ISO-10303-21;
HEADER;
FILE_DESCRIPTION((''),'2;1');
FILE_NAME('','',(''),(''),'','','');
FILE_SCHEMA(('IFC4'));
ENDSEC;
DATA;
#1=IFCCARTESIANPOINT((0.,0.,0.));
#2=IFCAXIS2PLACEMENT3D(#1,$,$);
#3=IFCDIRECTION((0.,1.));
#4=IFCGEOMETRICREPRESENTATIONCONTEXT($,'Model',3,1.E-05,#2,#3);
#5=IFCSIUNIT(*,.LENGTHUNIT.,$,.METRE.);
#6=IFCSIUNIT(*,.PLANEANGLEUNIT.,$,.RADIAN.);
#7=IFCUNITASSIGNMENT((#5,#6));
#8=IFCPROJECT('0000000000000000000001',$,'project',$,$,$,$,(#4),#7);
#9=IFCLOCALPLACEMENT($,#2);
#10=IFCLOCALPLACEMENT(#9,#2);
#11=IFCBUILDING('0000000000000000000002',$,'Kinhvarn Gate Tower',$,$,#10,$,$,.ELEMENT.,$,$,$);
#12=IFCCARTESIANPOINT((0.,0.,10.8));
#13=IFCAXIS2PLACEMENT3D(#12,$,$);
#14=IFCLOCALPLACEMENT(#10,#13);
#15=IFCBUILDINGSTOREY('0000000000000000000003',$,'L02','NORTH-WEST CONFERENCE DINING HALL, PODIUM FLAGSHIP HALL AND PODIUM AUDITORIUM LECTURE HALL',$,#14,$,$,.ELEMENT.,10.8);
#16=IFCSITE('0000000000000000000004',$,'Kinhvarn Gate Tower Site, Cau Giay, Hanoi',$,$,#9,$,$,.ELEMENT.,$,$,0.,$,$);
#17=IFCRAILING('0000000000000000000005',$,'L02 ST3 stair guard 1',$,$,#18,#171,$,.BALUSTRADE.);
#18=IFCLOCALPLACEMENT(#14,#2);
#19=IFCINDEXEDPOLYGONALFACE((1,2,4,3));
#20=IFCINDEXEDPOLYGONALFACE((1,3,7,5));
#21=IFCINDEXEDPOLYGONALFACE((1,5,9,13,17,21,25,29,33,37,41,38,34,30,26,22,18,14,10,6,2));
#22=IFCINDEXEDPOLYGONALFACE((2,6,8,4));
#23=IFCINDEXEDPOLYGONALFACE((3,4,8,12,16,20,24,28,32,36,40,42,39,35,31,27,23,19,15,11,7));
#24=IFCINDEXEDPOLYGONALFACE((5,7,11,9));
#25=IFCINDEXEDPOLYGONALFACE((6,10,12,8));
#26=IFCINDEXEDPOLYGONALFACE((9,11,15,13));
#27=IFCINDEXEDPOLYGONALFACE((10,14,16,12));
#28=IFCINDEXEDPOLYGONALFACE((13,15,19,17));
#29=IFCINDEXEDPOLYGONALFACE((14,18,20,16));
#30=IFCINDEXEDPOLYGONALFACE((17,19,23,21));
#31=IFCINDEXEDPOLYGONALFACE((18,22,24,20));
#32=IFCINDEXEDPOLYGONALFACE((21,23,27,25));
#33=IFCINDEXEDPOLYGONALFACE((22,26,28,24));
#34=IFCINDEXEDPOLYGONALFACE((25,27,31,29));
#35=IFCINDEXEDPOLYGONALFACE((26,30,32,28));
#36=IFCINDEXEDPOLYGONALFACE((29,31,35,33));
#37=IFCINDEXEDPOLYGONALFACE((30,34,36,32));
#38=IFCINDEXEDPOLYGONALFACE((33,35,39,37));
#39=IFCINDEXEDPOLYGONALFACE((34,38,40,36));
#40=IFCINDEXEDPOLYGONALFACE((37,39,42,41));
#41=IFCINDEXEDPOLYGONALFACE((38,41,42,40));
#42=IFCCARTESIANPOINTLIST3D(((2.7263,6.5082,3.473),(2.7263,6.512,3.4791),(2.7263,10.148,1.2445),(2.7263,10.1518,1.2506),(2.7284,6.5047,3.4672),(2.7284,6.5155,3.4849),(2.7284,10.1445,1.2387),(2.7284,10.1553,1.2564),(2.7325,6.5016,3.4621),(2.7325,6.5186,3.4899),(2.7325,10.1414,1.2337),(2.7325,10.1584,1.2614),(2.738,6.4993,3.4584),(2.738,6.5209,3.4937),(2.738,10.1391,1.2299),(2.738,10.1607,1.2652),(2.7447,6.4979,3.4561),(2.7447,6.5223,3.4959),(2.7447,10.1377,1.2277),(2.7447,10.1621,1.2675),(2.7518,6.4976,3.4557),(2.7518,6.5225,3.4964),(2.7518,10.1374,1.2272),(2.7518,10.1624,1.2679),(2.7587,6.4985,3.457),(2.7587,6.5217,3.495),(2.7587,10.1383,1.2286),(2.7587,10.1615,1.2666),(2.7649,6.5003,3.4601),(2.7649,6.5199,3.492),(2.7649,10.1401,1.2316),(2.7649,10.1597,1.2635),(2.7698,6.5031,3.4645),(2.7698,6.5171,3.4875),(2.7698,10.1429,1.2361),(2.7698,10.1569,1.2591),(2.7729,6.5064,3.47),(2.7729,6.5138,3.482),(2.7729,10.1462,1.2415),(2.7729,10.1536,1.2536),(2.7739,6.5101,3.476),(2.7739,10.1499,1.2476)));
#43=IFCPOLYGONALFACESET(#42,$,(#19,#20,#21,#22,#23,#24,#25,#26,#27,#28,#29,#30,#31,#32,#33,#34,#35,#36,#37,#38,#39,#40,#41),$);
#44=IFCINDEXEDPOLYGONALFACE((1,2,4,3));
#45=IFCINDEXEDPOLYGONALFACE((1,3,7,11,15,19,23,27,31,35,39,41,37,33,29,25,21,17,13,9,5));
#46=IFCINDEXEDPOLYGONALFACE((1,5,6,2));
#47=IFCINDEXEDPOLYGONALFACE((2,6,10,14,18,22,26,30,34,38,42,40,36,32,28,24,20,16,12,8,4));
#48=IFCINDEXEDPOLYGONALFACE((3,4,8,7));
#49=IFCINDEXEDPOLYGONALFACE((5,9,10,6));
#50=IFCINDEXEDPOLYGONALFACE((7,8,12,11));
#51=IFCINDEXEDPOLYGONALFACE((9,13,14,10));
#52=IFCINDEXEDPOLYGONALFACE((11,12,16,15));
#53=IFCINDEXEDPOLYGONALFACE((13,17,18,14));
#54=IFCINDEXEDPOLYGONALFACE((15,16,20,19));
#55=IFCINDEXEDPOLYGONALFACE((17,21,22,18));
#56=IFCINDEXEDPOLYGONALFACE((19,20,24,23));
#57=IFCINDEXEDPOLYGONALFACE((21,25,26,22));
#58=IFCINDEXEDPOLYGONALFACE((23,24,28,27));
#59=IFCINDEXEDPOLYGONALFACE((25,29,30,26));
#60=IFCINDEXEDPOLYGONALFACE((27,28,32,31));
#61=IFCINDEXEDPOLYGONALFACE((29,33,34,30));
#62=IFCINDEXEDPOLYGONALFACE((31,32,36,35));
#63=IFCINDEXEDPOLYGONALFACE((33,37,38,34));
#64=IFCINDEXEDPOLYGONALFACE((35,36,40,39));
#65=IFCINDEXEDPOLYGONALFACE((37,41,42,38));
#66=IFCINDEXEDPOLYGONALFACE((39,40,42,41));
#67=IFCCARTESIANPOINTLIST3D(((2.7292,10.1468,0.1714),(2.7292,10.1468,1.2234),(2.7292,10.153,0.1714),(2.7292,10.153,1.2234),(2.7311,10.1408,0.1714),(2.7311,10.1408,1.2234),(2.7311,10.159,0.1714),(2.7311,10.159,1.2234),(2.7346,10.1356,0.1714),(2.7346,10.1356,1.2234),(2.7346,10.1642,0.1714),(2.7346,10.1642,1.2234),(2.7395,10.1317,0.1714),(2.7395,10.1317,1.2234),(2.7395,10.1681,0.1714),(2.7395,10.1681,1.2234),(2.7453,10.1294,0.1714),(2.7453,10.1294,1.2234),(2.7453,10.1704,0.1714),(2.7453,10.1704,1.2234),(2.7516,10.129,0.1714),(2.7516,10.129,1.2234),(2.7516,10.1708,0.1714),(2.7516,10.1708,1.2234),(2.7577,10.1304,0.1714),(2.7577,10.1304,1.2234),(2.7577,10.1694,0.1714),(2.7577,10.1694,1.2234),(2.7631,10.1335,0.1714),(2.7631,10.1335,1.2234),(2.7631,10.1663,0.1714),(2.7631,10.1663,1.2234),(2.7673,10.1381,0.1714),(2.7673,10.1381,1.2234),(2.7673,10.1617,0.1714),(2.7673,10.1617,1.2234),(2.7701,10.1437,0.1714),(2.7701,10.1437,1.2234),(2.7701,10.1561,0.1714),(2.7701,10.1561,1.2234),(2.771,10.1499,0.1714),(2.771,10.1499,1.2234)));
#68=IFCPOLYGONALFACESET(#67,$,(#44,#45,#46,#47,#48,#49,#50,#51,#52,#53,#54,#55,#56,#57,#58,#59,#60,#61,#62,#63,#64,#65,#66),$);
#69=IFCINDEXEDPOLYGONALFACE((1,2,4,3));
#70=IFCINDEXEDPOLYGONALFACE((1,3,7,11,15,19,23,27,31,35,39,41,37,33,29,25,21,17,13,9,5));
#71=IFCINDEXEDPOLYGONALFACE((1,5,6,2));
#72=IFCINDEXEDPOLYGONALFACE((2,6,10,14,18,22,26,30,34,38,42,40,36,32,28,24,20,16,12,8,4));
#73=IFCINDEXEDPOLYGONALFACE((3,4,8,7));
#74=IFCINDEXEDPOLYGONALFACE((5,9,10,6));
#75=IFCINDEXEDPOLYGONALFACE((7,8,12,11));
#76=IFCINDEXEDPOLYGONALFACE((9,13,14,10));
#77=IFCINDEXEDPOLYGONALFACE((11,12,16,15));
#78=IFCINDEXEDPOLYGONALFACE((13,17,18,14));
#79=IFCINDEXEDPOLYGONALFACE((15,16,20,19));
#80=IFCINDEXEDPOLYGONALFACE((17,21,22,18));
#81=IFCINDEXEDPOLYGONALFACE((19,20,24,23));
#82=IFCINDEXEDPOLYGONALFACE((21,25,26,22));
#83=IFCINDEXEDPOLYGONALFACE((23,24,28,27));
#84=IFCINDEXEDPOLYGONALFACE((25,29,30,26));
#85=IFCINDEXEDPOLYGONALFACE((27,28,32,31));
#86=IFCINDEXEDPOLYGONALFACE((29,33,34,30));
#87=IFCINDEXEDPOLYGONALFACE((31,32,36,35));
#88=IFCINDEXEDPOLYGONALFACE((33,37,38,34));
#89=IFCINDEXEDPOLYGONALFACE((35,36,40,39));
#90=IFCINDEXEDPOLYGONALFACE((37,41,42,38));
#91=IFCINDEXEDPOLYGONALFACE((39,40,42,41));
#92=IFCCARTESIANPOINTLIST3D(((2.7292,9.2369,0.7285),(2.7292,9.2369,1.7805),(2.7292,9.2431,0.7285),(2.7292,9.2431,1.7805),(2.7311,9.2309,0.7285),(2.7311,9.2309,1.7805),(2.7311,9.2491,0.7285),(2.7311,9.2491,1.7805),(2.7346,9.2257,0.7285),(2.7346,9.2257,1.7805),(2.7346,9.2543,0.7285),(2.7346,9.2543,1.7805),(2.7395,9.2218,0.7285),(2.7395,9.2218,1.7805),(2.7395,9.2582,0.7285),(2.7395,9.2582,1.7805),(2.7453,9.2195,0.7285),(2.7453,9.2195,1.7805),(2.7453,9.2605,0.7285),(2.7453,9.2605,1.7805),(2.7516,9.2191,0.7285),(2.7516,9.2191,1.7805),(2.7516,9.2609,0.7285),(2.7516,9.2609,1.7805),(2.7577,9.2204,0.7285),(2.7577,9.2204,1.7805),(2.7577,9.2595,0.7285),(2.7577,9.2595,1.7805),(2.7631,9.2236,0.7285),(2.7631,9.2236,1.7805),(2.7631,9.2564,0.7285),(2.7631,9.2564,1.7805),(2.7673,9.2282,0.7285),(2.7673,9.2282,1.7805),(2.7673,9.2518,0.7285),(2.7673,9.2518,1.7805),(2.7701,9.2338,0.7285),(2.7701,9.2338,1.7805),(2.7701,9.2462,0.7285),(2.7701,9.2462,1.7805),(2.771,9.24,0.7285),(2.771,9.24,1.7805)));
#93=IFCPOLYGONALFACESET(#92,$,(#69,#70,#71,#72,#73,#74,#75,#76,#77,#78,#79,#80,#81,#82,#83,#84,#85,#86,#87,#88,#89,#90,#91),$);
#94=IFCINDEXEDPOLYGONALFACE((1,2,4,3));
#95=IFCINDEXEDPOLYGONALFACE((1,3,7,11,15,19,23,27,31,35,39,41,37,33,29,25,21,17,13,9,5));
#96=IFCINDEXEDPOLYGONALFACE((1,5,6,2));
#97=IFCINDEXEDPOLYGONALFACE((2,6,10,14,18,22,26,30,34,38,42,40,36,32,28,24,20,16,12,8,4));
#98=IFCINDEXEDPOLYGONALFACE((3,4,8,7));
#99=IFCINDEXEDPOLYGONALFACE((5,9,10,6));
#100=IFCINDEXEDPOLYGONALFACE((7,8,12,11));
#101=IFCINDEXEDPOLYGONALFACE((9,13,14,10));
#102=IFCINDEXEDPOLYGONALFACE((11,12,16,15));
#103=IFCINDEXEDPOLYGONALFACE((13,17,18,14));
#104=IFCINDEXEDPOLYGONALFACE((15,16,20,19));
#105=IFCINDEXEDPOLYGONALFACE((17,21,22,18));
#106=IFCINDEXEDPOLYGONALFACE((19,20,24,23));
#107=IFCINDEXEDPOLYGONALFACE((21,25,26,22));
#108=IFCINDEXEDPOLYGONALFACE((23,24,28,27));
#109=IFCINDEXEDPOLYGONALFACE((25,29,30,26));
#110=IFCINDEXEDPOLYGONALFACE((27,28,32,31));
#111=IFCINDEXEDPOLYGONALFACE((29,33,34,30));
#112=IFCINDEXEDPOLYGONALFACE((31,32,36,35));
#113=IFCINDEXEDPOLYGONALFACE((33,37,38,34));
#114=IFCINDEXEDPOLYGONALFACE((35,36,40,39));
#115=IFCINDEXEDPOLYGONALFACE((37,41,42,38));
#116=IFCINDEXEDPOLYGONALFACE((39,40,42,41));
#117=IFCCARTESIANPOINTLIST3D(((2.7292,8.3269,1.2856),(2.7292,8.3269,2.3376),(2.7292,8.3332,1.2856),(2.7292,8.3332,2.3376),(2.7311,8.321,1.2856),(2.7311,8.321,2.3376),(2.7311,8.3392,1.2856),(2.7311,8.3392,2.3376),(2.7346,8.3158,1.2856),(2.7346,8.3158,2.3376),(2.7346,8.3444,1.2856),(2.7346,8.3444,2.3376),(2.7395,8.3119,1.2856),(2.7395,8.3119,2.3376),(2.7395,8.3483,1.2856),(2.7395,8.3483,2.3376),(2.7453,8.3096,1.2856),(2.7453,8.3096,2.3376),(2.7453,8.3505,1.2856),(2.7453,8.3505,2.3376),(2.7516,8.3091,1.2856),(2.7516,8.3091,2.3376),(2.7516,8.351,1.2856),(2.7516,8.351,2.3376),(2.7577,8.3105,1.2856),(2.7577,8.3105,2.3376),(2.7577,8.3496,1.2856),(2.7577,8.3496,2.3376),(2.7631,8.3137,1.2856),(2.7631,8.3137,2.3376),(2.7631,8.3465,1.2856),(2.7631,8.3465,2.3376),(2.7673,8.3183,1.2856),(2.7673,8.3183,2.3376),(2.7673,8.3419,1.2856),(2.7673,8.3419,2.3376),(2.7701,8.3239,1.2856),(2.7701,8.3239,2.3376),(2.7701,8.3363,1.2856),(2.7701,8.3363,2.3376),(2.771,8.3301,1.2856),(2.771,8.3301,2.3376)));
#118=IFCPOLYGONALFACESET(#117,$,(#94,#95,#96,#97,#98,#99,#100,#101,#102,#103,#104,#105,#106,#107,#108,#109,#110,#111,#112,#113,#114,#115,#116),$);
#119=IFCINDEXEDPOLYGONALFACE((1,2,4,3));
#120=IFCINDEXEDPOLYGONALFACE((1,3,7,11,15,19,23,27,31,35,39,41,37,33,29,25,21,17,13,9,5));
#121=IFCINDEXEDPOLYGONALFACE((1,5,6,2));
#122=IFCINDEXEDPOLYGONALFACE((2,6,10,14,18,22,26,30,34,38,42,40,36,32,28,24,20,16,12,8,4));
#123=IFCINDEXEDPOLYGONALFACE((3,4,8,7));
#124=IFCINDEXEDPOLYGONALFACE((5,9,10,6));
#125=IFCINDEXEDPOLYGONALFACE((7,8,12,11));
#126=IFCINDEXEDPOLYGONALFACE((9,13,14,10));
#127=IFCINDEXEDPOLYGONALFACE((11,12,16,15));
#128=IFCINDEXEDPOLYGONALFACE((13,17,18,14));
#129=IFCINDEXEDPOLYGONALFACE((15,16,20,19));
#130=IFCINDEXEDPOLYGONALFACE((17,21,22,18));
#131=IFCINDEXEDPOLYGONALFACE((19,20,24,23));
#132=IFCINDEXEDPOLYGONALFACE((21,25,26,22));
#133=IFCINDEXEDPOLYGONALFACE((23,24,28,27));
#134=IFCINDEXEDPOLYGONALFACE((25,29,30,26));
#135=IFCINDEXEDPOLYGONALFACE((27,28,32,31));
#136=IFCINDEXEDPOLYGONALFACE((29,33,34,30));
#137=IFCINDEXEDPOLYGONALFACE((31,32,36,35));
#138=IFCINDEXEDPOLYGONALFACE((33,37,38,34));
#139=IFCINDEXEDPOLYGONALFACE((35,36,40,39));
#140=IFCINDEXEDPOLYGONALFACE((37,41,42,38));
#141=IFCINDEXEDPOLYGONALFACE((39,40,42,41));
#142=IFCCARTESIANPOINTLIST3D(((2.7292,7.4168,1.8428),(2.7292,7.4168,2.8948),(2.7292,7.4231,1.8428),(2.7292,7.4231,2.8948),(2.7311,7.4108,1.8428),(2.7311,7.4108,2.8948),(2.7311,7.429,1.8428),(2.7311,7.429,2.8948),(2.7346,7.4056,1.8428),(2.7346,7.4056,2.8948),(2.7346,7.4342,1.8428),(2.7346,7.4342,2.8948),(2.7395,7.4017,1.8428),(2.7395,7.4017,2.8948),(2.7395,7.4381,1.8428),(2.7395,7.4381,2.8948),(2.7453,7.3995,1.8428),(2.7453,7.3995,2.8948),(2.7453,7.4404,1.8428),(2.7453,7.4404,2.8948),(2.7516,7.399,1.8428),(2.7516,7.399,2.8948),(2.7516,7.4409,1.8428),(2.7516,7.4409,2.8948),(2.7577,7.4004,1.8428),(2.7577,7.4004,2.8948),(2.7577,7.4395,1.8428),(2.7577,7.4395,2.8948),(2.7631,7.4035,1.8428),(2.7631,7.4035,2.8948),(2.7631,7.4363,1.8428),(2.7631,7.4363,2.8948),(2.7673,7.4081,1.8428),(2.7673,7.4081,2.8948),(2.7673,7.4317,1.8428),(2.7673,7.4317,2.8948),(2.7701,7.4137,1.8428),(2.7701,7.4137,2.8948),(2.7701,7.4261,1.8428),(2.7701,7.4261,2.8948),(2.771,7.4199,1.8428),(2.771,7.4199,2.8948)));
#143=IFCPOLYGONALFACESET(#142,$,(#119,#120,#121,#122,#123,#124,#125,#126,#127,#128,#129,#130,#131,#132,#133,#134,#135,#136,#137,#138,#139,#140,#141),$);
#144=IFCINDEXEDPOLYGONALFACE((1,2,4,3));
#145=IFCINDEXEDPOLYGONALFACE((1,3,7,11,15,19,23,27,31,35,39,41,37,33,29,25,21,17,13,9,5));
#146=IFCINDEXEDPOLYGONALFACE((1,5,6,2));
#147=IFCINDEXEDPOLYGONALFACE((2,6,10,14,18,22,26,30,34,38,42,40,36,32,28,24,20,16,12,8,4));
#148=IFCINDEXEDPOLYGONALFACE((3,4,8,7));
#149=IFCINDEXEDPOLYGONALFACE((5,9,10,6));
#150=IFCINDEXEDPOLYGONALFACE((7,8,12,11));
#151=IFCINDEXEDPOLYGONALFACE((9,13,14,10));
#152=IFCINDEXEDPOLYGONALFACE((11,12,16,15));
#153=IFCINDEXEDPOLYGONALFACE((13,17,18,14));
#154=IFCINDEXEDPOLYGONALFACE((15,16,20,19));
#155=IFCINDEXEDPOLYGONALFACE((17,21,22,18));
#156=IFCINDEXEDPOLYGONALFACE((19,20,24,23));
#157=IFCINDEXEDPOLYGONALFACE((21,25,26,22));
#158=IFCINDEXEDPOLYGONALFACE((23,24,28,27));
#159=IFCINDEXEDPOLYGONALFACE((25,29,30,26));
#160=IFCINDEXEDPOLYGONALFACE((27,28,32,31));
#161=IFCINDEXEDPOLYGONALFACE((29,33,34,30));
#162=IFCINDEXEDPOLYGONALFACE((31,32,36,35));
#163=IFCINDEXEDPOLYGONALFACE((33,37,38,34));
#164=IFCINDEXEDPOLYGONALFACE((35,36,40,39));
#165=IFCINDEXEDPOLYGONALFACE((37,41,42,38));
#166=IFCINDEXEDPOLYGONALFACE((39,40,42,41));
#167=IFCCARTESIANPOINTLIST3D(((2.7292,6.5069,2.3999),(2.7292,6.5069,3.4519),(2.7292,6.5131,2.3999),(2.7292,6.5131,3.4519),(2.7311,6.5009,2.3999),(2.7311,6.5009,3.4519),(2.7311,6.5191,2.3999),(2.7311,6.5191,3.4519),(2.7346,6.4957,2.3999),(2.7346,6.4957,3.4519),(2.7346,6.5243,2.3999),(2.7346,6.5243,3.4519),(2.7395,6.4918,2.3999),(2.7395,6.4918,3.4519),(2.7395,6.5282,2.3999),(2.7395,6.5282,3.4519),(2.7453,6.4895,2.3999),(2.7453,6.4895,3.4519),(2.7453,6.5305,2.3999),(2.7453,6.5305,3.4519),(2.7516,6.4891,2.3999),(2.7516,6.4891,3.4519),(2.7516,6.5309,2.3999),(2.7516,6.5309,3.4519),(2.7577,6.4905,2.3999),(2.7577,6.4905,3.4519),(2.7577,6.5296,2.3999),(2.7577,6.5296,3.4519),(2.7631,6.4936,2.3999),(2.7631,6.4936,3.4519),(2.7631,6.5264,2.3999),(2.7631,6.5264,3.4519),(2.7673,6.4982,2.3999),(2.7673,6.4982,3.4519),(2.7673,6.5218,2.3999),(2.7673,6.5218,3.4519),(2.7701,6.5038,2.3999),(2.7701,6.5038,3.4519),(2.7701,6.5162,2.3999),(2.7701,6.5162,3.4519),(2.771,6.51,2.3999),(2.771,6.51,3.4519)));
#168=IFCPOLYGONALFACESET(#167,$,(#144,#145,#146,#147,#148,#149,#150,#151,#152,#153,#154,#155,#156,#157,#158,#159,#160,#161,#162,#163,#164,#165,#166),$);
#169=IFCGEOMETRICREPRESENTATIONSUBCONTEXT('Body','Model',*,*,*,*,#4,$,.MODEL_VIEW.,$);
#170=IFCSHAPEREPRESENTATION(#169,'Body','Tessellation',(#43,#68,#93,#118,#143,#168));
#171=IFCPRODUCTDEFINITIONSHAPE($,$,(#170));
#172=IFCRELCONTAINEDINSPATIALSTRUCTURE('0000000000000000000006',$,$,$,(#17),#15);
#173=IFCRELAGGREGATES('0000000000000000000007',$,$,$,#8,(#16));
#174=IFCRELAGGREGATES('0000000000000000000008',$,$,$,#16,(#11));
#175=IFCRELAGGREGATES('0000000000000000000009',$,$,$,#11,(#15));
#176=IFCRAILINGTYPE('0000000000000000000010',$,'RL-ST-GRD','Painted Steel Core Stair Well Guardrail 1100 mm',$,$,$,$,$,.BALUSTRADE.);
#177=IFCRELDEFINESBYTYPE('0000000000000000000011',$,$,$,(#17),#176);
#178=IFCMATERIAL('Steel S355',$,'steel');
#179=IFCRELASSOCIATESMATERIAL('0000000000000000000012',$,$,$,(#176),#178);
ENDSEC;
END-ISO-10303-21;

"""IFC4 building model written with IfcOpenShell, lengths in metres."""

from ifc_helpers import new_model, si_unit, direction, frame, origin, origin_2d, place, context, subcontext, project, spatial, circle, extrude, material, type_object, element, save


model = new_model("IFC4")

# Units and contexts
model_context = context("Model", 3, precision=1e-05, world=origin(), true_north=direction((0.0, 1.0)))
body_context = subcontext(model_context, "Body", "Model", "MODEL_VIEW")
ifc_project = project(units=[si_unit("LENGTHUNIT", "METRE"), si_unit("PLANEANGLEUNIT", "RADIAN")], contexts=[model_context])

# Site, building, storey
site_placement = place(None, origin())
site = spatial("IfcSite", under=ifc_project, at=site_placement, Name="Kinhvarn Gate Tower Site, Cau Giay, Hanoi", CompositionType="ELEMENT", RefElevation=0.0)
building_placement = place(site_placement, origin())
building = spatial("IfcBuilding", under=site, at=building_placement, Name="Kinhvarn Gate Tower", CompositionType="ELEMENT")
storey_placement = place(building_placement, frame((0.0, 0.0, 10.8)))
storey = spatial("IfcBuildingStorey", under=building, at=storey_placement, Name="L02", Description="NORTH-WEST CONFERENCE DINING HALL, PODIUM FLAGSHIP HALL AND PODIUM AUDITORIUM LECTURE HALL", CompositionType="ELEMENT", Elevation=10.8)

# Shared definitions
ifc_material_1 = material(Name="Steel S355", Category="steel")

# Railing
railing_type_1 = type_object("IfcRailingType", Name="RL-ST-GRD", Description="Painted Steel Core Stair Well Guardrail 1100 mm", PredefinedType="BALUSTRADE", material=ifc_material_1)
railing_1_placement = place(storey_placement, frame((2.75, 10.1499, 0.1714)))
element("IfcRailing", 1, at=railing_1_placement, inside=storey, type_object=railing_type_1, Name="L02 ST3 stair guard 1", PredefinedType="BALUSTRADE", context=body_context, shape_type="SweptSolid", body=[
    extrude(circle(Radius=0.0239, at=origin_2d()), frame((0.0, 0.0, 1.0762), z_axis=(0.0, -0.85285, 0.522156), x_axis=(1.0, 0.0, 0.0)), (0.0, 0.0, 1.0), 4.2678),
    extrude(circle(Radius=0.021, at=origin_2d()), origin(), (0.0, 0.0, 1.0), 1.052),
    extrude(circle(Radius=0.021, at=origin_2d()), frame((0.0, -0.9099, 0.5571)), (0.0, 0.0, 1.0), 1.052),
    extrude(circle(Radius=0.021, at=origin_2d()), frame((0.0, -1.8198, 1.1143)), (0.0, 0.0, 1.0), 1.052),
    extrude(circle(Radius=0.021, at=origin_2d()), frame((0.0, -2.73, 1.6714)), (0.0, 0.0, 1.0), 1.052),
    extrude(circle(Radius=0.021, at=origin_2d()), frame((0.0, -3.6399, 2.2285)), (0.0, 0.0, 1.0), 1.052),
])

save(model, "model.ifc")
